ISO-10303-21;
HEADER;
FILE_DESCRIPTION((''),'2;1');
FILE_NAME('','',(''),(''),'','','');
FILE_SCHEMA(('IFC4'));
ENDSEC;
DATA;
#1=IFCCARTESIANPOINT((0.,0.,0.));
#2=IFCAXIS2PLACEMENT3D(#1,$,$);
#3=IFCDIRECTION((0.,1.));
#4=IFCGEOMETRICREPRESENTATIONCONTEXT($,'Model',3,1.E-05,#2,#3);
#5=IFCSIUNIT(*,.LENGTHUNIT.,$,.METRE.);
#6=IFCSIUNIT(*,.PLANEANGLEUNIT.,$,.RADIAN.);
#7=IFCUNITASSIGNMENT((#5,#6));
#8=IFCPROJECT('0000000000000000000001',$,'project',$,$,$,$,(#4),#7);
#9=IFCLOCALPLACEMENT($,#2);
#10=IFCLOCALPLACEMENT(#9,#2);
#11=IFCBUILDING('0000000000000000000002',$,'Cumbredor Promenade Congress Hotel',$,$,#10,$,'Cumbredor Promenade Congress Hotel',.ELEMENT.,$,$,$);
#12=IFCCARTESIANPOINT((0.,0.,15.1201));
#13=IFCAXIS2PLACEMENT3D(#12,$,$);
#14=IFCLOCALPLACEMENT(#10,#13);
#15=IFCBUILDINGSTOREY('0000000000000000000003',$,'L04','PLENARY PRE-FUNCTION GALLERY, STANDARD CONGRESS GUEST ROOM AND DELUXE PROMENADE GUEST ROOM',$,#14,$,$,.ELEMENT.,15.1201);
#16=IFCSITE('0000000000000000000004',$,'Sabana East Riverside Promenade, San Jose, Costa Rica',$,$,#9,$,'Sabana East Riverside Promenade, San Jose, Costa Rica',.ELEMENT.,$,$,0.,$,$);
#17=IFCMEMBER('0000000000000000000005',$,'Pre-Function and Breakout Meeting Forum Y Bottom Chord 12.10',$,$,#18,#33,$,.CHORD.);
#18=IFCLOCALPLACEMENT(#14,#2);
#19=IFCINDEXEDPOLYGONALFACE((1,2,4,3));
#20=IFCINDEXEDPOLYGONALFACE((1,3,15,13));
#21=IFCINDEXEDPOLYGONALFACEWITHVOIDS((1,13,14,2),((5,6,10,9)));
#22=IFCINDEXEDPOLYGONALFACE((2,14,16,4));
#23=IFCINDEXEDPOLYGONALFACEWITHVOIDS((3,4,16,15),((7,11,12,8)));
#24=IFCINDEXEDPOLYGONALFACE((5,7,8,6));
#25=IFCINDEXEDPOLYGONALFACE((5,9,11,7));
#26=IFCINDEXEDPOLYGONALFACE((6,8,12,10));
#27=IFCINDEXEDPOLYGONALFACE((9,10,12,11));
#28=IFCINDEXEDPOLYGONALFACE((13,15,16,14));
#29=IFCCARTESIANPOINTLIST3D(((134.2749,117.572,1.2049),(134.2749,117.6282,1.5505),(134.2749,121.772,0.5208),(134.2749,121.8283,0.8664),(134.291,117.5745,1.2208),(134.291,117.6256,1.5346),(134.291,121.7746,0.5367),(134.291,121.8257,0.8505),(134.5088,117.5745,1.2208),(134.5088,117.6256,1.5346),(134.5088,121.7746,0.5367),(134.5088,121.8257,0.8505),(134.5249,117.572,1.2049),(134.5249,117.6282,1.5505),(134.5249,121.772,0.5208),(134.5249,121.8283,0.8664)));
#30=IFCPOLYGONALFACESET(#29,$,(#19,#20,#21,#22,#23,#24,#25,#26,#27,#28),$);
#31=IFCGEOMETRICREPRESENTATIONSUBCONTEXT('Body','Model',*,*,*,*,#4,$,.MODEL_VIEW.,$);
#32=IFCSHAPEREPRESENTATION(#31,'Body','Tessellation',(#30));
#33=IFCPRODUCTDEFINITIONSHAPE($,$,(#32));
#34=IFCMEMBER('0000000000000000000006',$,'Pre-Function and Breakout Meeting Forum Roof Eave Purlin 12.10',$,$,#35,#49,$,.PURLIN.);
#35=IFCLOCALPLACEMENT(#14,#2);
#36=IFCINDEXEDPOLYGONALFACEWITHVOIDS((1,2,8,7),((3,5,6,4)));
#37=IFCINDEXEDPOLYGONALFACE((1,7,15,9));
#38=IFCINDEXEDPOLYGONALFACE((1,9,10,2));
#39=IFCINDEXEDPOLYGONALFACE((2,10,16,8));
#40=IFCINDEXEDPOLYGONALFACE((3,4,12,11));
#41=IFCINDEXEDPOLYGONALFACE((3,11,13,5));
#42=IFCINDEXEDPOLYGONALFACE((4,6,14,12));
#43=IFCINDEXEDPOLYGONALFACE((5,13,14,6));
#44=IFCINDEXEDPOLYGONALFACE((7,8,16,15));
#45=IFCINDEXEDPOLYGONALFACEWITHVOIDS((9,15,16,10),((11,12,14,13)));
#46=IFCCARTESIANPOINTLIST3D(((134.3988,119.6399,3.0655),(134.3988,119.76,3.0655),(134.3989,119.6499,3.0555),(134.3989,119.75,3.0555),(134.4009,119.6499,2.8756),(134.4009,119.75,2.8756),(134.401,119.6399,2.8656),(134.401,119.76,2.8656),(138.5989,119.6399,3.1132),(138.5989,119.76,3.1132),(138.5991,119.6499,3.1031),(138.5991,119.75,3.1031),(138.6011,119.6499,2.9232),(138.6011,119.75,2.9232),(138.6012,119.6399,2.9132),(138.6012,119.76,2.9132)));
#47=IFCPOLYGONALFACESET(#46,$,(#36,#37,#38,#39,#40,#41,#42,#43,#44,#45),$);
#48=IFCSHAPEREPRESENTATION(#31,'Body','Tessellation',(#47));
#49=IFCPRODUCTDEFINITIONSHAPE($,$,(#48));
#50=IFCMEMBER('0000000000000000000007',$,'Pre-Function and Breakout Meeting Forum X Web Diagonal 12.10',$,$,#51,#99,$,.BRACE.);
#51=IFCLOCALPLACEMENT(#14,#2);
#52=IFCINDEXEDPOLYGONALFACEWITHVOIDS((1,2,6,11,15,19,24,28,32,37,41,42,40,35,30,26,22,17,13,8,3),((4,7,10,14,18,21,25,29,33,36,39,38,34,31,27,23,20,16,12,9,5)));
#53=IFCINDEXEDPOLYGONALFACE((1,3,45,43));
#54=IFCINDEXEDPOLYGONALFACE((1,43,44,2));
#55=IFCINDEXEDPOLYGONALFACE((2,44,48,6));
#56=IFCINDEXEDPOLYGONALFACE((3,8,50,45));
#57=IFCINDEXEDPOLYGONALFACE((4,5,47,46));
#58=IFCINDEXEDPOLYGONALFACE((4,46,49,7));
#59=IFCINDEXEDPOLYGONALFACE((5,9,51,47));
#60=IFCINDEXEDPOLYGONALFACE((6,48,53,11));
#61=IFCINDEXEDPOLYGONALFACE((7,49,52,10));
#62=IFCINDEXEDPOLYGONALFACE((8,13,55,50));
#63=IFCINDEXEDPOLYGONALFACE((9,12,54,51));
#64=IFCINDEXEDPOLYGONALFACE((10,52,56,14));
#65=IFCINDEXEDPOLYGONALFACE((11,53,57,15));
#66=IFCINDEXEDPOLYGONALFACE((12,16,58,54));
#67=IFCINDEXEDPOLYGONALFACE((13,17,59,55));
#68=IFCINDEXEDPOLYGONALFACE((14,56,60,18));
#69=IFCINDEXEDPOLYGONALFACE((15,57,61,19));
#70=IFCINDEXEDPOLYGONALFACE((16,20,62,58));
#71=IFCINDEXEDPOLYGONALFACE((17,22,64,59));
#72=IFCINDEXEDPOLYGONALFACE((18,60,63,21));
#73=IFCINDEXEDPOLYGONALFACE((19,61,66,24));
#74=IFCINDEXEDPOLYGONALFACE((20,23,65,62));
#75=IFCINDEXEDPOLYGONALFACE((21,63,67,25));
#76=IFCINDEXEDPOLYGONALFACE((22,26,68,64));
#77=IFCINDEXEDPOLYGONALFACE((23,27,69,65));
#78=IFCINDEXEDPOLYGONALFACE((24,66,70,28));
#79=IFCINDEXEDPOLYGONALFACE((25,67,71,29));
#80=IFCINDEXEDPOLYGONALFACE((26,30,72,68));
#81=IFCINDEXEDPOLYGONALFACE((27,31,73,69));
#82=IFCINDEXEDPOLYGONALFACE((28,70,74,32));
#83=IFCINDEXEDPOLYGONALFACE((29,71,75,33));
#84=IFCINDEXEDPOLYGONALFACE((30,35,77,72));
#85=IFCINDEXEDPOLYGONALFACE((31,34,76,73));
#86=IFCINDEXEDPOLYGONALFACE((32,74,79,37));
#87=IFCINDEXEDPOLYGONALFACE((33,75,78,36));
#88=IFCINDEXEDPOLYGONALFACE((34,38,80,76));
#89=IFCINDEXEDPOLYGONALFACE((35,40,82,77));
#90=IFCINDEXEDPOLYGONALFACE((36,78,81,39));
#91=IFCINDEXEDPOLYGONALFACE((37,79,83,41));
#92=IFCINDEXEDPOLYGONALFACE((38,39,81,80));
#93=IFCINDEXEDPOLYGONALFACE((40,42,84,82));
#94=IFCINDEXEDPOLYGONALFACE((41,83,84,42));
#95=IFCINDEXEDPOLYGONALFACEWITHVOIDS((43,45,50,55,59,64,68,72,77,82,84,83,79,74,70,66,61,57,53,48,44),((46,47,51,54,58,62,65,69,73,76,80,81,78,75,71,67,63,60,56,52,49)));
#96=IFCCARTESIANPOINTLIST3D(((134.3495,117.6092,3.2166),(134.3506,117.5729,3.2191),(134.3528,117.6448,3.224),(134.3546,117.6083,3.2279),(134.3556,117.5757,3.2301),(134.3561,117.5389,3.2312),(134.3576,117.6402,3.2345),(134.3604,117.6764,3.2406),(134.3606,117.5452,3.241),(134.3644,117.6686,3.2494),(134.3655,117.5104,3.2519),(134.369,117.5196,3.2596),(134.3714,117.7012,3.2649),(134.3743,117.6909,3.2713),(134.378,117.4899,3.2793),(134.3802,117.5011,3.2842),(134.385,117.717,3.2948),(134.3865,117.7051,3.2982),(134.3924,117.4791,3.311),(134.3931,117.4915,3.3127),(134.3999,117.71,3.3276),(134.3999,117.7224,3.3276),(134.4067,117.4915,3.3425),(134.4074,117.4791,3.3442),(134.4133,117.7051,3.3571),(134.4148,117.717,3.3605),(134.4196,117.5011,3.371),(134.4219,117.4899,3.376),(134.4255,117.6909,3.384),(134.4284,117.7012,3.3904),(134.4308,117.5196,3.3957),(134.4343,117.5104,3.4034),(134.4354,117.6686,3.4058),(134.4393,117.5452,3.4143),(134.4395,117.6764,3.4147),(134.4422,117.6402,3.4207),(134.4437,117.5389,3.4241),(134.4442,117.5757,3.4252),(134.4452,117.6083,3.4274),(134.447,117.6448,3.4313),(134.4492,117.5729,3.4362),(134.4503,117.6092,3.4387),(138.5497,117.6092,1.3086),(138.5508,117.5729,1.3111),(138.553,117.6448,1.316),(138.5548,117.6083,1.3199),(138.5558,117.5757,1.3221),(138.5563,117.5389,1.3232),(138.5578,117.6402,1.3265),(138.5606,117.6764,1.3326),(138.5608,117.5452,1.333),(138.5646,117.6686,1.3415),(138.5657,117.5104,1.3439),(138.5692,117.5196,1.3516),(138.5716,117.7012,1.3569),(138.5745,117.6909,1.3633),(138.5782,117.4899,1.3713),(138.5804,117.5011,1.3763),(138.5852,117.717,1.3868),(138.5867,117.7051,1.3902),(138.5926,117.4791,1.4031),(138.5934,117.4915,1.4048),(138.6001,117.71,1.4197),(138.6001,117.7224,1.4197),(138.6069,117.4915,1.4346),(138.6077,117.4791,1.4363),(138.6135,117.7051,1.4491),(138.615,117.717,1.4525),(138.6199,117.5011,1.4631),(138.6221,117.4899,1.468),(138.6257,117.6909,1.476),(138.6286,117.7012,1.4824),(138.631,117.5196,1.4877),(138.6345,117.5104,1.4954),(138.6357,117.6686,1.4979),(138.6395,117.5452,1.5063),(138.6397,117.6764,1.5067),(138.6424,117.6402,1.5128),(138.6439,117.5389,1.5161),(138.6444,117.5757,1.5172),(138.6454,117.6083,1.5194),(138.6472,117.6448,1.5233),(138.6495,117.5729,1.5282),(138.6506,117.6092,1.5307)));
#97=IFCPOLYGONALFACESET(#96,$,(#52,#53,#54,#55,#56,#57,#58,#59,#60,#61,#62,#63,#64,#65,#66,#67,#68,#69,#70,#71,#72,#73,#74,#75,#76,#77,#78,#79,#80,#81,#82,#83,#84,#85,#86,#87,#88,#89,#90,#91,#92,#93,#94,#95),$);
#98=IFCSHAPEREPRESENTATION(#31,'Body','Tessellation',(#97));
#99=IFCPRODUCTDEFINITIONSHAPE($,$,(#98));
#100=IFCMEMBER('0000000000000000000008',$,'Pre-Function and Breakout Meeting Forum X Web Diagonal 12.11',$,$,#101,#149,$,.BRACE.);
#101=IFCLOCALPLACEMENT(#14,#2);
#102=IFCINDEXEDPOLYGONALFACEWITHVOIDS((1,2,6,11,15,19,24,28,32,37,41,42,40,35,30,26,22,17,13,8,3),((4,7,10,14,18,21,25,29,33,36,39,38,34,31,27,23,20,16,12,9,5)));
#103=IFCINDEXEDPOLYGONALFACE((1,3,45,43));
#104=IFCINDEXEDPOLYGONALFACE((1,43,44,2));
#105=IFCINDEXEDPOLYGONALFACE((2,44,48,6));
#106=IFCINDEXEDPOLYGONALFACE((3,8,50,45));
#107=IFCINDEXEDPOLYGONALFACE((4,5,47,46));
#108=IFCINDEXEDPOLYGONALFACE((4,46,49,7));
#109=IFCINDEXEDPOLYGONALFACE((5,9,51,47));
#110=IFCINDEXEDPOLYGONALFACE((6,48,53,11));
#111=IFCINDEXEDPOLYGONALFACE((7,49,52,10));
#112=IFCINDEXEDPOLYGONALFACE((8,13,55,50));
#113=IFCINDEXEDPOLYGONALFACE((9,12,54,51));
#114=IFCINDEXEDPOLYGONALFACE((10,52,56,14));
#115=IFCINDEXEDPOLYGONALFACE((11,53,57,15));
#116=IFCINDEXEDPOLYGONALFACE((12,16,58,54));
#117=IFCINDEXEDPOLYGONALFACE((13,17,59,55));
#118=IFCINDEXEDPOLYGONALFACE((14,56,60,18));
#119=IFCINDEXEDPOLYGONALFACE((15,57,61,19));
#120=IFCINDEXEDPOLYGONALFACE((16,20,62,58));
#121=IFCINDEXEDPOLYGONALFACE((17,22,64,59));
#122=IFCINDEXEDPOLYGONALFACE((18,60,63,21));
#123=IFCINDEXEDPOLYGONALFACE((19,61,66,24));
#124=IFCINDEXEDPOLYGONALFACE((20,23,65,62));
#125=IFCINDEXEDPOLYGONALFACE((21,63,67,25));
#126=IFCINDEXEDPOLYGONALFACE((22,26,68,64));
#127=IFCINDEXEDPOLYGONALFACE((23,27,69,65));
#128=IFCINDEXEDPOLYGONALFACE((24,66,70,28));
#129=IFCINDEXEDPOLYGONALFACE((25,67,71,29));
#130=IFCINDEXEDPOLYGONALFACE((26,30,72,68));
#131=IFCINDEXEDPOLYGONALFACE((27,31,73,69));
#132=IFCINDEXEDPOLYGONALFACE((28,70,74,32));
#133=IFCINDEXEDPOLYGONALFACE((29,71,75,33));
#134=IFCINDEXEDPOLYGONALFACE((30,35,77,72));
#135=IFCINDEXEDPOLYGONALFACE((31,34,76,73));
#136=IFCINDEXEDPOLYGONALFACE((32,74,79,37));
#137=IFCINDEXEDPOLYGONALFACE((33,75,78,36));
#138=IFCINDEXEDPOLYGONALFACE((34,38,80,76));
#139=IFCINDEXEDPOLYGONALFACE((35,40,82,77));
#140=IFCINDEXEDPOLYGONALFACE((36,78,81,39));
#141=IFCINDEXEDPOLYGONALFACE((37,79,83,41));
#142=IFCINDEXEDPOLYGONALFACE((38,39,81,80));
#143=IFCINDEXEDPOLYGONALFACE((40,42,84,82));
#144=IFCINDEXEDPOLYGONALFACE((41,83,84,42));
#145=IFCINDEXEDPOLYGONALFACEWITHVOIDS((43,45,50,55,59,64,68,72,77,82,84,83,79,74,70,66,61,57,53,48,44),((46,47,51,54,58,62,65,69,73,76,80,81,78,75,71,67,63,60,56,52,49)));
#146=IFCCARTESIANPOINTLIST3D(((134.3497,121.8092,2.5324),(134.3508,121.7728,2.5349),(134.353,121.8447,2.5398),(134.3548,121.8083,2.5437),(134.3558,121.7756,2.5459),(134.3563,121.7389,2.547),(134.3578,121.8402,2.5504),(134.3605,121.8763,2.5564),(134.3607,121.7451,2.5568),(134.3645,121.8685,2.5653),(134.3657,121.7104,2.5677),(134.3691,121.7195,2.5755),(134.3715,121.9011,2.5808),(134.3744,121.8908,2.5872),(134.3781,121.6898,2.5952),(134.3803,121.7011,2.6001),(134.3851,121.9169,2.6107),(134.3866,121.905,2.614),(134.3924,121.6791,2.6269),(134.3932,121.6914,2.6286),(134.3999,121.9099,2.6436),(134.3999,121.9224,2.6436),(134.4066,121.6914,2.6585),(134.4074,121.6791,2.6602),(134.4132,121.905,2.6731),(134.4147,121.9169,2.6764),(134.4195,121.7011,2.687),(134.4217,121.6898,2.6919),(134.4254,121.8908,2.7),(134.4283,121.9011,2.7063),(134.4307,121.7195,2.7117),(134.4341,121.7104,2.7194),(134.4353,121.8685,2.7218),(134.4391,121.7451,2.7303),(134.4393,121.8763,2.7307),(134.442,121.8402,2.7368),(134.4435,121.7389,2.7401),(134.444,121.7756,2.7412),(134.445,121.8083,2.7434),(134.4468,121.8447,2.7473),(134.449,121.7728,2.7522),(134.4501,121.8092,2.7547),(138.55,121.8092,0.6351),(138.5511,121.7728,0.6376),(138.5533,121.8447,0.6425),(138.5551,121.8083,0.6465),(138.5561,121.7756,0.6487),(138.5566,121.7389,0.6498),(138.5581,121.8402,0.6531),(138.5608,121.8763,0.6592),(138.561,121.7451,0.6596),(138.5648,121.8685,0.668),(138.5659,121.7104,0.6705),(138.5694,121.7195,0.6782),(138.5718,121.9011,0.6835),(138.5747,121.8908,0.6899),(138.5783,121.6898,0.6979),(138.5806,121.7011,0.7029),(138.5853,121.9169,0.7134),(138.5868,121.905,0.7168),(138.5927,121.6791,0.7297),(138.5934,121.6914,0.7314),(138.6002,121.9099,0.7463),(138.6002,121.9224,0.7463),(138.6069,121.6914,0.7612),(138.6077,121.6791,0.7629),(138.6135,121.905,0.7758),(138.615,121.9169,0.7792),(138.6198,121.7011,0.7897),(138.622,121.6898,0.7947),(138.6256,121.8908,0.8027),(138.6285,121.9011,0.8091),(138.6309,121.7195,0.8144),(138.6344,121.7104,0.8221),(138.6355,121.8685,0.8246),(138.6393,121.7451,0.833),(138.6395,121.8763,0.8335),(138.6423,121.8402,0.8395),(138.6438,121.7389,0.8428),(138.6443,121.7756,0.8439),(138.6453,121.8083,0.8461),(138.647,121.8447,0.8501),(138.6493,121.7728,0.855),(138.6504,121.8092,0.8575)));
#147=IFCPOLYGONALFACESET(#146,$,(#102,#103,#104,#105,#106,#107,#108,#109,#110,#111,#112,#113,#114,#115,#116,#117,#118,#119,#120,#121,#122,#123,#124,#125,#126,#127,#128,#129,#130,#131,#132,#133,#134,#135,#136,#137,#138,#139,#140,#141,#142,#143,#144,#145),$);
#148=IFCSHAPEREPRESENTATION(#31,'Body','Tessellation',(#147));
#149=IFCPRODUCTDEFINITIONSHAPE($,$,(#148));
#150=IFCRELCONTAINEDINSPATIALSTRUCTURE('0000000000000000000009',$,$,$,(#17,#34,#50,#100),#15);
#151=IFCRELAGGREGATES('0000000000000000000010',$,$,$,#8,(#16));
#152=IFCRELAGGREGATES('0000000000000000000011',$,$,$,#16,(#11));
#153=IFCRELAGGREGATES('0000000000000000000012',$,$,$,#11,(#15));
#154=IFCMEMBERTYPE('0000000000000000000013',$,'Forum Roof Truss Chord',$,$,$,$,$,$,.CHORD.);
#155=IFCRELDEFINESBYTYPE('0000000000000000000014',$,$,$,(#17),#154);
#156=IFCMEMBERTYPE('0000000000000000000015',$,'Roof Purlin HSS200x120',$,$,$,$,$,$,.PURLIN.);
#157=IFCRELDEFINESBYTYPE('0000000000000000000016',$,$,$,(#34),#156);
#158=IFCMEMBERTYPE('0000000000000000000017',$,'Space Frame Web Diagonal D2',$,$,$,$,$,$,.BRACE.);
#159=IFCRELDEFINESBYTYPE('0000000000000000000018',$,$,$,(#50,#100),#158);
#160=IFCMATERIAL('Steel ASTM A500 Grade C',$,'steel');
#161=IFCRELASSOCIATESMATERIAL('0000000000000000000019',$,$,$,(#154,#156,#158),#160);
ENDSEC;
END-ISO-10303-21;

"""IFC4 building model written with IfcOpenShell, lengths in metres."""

from ifc_helpers import new_model, si_unit, direction, frame, origin, origin_2d, place, context, subcontext, project, spatial, hollow_rectangle, hollow_circle, extrude, material, material_profile, profile_set, type_object, element, save


model = new_model("IFC4")

# Units and contexts
model_context = context("Model", 3, precision=1e-05, world=origin(), true_north=direction((0.0, 1.0)))
body_context = subcontext(model_context, "Body", "Model", "MODEL_VIEW")
ifc_project = project(units=[si_unit("LENGTHUNIT", "METRE"), si_unit("PLANEANGLEUNIT", "RADIAN")], contexts=[model_context])

# Site, building, storey
site_placement = place(None, origin())
site = spatial("IfcSite", under=ifc_project, at=site_placement, Name="Sabana East Riverside Promenade, San Jose, Costa Rica", LongName="Sabana East Riverside Promenade, San Jose, Costa Rica", CompositionType="ELEMENT", RefElevation=0.0)
building_placement = place(site_placement, origin())
building = spatial("IfcBuilding", under=site, at=building_placement, Name="Cumbredor Promenade Congress Hotel", LongName="Cumbredor Promenade Congress Hotel", CompositionType="ELEMENT")
storey_placement = place(building_placement, frame((0.0, 0.0, 15.1201)))
storey = spatial("IfcBuildingStorey", under=building, at=storey_placement, Name="L04", Description="PLENARY PRE-FUNCTION GALLERY, STANDARD CONGRESS GUEST ROOM AND DELUXE PROMENADE GUEST ROOM", CompositionType="ELEMENT", Elevation=15.1201)

# Members
ifc_material_1 = material(Name="Steel ASTM A500 Grade C", Category="steel")
ifc_material_profile_1 = material_profile(ifc_material_1, hollow_rectangle(XDim=0.25, YDim=0.3501, WallThickness=0.0161, at=origin_2d()), Name="HSS 350x250x16")
ifc_profile_set_1 = profile_set([ifc_material_profile_1], Name="Steel ASTM A500 Grade C")
member_type_1 = type_object("IfcMemberType", Name="Forum Roof Truss Chord", PredefinedType="CHORD", material=ifc_profile_set_1)
for number, where, z_axis, x_axis, name in (
    (1, (134.3999, 117.6001, 1.3777), (0.0, 0.986994, -0.16076), (-1.0, 0.0, 0.0), "Pre-Function and Breakout Meeting Forum Y Bottom Chord 12.10"),
):
    element("IfcMember", number, at=place(storey_placement, frame(where, z_axis=z_axis, x_axis=x_axis)), inside=storey, type_object=member_type_1, Name=name, PredefinedType="CHORD", context=body_context, shape_type="SweptSolid", body=[
        extrude(hollow_rectangle(XDim=0.25, YDim=0.3501, WallThickness=0.0161, at=origin_2d()), origin(), (0.0, 0.0, 1.0), 4.2554),
    ])
ifc_material_profile_2 = material_profile(ifc_material_1, hollow_rectangle(XDim=0.1201, YDim=0.2, WallThickness=0.01, at=origin_2d()), Name="HSS 200x120x10")
ifc_profile_set_2 = profile_set([ifc_material_profile_2], Name="Steel ASTM A500 Grade C")
member_type_2 = type_object("IfcMemberType", Name="Roof Purlin HSS200x120", PredefinedType="PURLIN", material=ifc_profile_set_2)
member_1_placement = place(storey_placement, frame((134.3999, 119.7, 2.9656), z_axis=(0.999936, 0.0, 0.011334), x_axis=(0.0, 1.0, 0.0)))
element("IfcMember", 2, at=member_1_placement, inside=storey, type_object=member_type_2, Name="Pre-Function and Breakout Meeting Forum Roof Eave Purlin 12.10", PredefinedType="PURLIN", context=body_context, shape_type="SweptSolid", body=[
    extrude(hollow_rectangle(XDim=0.1201, YDim=0.2, WallThickness=0.01, at=origin_2d()), origin(), (0.0, 0.0, 1.0), 4.2004),
])
ifc_material_profile_3 = material_profile(ifc_material_1, hollow_circle(Radius=0.1223, WallThickness=0.0125, at=origin_2d()), Name="CHS 244.5x12.5")
ifc_profile_set_3 = profile_set([ifc_material_profile_3], Name="Steel ASTM A500 Grade C")
member_type_3 = type_object("IfcMemberType", Name="Space Frame Web Diagonal D2", PredefinedType="BRACE", material=ifc_profile_set_3)
member_2_placement = place(storey_placement, frame((134.3999, 117.6001, 3.3276), z_axis=(0.910466, 0.0, -0.413584), x_axis=(0.0, 1.0, 0.0)))
element("IfcMember", 3, at=member_2_placement, inside=storey, type_object=member_type_3, Name="Pre-Function and Breakout Meeting Forum X Web Diagonal 12.10", PredefinedType="BRACE", context=body_context, shape_type="SweptSolid", body=[
    extrude(hollow_circle(Radius=0.1223, WallThickness=0.0125, at=origin_2d()), origin(), (0.0, 0.0, 1.0), 4.6133),
])
member_3_placement = place(storey_placement, frame((134.3999, 121.8, 2.6436), z_axis=(0.911342, 0.0, -0.411651), x_axis=(0.0, 1.0, 0.0)))
element("IfcMember", 4, at=member_3_placement, inside=storey, type_object=member_type_3, Name="Pre-Function and Breakout Meeting Forum X Web Diagonal 12.11", PredefinedType="BRACE", context=body_context, shape_type="SweptSolid", body=[
    extrude(hollow_circle(Radius=0.1223, WallThickness=0.0125, at=origin_2d()), origin(), (0.0, 0.0, 1.0), 4.6089),
])

save(model, "model.ifc")
